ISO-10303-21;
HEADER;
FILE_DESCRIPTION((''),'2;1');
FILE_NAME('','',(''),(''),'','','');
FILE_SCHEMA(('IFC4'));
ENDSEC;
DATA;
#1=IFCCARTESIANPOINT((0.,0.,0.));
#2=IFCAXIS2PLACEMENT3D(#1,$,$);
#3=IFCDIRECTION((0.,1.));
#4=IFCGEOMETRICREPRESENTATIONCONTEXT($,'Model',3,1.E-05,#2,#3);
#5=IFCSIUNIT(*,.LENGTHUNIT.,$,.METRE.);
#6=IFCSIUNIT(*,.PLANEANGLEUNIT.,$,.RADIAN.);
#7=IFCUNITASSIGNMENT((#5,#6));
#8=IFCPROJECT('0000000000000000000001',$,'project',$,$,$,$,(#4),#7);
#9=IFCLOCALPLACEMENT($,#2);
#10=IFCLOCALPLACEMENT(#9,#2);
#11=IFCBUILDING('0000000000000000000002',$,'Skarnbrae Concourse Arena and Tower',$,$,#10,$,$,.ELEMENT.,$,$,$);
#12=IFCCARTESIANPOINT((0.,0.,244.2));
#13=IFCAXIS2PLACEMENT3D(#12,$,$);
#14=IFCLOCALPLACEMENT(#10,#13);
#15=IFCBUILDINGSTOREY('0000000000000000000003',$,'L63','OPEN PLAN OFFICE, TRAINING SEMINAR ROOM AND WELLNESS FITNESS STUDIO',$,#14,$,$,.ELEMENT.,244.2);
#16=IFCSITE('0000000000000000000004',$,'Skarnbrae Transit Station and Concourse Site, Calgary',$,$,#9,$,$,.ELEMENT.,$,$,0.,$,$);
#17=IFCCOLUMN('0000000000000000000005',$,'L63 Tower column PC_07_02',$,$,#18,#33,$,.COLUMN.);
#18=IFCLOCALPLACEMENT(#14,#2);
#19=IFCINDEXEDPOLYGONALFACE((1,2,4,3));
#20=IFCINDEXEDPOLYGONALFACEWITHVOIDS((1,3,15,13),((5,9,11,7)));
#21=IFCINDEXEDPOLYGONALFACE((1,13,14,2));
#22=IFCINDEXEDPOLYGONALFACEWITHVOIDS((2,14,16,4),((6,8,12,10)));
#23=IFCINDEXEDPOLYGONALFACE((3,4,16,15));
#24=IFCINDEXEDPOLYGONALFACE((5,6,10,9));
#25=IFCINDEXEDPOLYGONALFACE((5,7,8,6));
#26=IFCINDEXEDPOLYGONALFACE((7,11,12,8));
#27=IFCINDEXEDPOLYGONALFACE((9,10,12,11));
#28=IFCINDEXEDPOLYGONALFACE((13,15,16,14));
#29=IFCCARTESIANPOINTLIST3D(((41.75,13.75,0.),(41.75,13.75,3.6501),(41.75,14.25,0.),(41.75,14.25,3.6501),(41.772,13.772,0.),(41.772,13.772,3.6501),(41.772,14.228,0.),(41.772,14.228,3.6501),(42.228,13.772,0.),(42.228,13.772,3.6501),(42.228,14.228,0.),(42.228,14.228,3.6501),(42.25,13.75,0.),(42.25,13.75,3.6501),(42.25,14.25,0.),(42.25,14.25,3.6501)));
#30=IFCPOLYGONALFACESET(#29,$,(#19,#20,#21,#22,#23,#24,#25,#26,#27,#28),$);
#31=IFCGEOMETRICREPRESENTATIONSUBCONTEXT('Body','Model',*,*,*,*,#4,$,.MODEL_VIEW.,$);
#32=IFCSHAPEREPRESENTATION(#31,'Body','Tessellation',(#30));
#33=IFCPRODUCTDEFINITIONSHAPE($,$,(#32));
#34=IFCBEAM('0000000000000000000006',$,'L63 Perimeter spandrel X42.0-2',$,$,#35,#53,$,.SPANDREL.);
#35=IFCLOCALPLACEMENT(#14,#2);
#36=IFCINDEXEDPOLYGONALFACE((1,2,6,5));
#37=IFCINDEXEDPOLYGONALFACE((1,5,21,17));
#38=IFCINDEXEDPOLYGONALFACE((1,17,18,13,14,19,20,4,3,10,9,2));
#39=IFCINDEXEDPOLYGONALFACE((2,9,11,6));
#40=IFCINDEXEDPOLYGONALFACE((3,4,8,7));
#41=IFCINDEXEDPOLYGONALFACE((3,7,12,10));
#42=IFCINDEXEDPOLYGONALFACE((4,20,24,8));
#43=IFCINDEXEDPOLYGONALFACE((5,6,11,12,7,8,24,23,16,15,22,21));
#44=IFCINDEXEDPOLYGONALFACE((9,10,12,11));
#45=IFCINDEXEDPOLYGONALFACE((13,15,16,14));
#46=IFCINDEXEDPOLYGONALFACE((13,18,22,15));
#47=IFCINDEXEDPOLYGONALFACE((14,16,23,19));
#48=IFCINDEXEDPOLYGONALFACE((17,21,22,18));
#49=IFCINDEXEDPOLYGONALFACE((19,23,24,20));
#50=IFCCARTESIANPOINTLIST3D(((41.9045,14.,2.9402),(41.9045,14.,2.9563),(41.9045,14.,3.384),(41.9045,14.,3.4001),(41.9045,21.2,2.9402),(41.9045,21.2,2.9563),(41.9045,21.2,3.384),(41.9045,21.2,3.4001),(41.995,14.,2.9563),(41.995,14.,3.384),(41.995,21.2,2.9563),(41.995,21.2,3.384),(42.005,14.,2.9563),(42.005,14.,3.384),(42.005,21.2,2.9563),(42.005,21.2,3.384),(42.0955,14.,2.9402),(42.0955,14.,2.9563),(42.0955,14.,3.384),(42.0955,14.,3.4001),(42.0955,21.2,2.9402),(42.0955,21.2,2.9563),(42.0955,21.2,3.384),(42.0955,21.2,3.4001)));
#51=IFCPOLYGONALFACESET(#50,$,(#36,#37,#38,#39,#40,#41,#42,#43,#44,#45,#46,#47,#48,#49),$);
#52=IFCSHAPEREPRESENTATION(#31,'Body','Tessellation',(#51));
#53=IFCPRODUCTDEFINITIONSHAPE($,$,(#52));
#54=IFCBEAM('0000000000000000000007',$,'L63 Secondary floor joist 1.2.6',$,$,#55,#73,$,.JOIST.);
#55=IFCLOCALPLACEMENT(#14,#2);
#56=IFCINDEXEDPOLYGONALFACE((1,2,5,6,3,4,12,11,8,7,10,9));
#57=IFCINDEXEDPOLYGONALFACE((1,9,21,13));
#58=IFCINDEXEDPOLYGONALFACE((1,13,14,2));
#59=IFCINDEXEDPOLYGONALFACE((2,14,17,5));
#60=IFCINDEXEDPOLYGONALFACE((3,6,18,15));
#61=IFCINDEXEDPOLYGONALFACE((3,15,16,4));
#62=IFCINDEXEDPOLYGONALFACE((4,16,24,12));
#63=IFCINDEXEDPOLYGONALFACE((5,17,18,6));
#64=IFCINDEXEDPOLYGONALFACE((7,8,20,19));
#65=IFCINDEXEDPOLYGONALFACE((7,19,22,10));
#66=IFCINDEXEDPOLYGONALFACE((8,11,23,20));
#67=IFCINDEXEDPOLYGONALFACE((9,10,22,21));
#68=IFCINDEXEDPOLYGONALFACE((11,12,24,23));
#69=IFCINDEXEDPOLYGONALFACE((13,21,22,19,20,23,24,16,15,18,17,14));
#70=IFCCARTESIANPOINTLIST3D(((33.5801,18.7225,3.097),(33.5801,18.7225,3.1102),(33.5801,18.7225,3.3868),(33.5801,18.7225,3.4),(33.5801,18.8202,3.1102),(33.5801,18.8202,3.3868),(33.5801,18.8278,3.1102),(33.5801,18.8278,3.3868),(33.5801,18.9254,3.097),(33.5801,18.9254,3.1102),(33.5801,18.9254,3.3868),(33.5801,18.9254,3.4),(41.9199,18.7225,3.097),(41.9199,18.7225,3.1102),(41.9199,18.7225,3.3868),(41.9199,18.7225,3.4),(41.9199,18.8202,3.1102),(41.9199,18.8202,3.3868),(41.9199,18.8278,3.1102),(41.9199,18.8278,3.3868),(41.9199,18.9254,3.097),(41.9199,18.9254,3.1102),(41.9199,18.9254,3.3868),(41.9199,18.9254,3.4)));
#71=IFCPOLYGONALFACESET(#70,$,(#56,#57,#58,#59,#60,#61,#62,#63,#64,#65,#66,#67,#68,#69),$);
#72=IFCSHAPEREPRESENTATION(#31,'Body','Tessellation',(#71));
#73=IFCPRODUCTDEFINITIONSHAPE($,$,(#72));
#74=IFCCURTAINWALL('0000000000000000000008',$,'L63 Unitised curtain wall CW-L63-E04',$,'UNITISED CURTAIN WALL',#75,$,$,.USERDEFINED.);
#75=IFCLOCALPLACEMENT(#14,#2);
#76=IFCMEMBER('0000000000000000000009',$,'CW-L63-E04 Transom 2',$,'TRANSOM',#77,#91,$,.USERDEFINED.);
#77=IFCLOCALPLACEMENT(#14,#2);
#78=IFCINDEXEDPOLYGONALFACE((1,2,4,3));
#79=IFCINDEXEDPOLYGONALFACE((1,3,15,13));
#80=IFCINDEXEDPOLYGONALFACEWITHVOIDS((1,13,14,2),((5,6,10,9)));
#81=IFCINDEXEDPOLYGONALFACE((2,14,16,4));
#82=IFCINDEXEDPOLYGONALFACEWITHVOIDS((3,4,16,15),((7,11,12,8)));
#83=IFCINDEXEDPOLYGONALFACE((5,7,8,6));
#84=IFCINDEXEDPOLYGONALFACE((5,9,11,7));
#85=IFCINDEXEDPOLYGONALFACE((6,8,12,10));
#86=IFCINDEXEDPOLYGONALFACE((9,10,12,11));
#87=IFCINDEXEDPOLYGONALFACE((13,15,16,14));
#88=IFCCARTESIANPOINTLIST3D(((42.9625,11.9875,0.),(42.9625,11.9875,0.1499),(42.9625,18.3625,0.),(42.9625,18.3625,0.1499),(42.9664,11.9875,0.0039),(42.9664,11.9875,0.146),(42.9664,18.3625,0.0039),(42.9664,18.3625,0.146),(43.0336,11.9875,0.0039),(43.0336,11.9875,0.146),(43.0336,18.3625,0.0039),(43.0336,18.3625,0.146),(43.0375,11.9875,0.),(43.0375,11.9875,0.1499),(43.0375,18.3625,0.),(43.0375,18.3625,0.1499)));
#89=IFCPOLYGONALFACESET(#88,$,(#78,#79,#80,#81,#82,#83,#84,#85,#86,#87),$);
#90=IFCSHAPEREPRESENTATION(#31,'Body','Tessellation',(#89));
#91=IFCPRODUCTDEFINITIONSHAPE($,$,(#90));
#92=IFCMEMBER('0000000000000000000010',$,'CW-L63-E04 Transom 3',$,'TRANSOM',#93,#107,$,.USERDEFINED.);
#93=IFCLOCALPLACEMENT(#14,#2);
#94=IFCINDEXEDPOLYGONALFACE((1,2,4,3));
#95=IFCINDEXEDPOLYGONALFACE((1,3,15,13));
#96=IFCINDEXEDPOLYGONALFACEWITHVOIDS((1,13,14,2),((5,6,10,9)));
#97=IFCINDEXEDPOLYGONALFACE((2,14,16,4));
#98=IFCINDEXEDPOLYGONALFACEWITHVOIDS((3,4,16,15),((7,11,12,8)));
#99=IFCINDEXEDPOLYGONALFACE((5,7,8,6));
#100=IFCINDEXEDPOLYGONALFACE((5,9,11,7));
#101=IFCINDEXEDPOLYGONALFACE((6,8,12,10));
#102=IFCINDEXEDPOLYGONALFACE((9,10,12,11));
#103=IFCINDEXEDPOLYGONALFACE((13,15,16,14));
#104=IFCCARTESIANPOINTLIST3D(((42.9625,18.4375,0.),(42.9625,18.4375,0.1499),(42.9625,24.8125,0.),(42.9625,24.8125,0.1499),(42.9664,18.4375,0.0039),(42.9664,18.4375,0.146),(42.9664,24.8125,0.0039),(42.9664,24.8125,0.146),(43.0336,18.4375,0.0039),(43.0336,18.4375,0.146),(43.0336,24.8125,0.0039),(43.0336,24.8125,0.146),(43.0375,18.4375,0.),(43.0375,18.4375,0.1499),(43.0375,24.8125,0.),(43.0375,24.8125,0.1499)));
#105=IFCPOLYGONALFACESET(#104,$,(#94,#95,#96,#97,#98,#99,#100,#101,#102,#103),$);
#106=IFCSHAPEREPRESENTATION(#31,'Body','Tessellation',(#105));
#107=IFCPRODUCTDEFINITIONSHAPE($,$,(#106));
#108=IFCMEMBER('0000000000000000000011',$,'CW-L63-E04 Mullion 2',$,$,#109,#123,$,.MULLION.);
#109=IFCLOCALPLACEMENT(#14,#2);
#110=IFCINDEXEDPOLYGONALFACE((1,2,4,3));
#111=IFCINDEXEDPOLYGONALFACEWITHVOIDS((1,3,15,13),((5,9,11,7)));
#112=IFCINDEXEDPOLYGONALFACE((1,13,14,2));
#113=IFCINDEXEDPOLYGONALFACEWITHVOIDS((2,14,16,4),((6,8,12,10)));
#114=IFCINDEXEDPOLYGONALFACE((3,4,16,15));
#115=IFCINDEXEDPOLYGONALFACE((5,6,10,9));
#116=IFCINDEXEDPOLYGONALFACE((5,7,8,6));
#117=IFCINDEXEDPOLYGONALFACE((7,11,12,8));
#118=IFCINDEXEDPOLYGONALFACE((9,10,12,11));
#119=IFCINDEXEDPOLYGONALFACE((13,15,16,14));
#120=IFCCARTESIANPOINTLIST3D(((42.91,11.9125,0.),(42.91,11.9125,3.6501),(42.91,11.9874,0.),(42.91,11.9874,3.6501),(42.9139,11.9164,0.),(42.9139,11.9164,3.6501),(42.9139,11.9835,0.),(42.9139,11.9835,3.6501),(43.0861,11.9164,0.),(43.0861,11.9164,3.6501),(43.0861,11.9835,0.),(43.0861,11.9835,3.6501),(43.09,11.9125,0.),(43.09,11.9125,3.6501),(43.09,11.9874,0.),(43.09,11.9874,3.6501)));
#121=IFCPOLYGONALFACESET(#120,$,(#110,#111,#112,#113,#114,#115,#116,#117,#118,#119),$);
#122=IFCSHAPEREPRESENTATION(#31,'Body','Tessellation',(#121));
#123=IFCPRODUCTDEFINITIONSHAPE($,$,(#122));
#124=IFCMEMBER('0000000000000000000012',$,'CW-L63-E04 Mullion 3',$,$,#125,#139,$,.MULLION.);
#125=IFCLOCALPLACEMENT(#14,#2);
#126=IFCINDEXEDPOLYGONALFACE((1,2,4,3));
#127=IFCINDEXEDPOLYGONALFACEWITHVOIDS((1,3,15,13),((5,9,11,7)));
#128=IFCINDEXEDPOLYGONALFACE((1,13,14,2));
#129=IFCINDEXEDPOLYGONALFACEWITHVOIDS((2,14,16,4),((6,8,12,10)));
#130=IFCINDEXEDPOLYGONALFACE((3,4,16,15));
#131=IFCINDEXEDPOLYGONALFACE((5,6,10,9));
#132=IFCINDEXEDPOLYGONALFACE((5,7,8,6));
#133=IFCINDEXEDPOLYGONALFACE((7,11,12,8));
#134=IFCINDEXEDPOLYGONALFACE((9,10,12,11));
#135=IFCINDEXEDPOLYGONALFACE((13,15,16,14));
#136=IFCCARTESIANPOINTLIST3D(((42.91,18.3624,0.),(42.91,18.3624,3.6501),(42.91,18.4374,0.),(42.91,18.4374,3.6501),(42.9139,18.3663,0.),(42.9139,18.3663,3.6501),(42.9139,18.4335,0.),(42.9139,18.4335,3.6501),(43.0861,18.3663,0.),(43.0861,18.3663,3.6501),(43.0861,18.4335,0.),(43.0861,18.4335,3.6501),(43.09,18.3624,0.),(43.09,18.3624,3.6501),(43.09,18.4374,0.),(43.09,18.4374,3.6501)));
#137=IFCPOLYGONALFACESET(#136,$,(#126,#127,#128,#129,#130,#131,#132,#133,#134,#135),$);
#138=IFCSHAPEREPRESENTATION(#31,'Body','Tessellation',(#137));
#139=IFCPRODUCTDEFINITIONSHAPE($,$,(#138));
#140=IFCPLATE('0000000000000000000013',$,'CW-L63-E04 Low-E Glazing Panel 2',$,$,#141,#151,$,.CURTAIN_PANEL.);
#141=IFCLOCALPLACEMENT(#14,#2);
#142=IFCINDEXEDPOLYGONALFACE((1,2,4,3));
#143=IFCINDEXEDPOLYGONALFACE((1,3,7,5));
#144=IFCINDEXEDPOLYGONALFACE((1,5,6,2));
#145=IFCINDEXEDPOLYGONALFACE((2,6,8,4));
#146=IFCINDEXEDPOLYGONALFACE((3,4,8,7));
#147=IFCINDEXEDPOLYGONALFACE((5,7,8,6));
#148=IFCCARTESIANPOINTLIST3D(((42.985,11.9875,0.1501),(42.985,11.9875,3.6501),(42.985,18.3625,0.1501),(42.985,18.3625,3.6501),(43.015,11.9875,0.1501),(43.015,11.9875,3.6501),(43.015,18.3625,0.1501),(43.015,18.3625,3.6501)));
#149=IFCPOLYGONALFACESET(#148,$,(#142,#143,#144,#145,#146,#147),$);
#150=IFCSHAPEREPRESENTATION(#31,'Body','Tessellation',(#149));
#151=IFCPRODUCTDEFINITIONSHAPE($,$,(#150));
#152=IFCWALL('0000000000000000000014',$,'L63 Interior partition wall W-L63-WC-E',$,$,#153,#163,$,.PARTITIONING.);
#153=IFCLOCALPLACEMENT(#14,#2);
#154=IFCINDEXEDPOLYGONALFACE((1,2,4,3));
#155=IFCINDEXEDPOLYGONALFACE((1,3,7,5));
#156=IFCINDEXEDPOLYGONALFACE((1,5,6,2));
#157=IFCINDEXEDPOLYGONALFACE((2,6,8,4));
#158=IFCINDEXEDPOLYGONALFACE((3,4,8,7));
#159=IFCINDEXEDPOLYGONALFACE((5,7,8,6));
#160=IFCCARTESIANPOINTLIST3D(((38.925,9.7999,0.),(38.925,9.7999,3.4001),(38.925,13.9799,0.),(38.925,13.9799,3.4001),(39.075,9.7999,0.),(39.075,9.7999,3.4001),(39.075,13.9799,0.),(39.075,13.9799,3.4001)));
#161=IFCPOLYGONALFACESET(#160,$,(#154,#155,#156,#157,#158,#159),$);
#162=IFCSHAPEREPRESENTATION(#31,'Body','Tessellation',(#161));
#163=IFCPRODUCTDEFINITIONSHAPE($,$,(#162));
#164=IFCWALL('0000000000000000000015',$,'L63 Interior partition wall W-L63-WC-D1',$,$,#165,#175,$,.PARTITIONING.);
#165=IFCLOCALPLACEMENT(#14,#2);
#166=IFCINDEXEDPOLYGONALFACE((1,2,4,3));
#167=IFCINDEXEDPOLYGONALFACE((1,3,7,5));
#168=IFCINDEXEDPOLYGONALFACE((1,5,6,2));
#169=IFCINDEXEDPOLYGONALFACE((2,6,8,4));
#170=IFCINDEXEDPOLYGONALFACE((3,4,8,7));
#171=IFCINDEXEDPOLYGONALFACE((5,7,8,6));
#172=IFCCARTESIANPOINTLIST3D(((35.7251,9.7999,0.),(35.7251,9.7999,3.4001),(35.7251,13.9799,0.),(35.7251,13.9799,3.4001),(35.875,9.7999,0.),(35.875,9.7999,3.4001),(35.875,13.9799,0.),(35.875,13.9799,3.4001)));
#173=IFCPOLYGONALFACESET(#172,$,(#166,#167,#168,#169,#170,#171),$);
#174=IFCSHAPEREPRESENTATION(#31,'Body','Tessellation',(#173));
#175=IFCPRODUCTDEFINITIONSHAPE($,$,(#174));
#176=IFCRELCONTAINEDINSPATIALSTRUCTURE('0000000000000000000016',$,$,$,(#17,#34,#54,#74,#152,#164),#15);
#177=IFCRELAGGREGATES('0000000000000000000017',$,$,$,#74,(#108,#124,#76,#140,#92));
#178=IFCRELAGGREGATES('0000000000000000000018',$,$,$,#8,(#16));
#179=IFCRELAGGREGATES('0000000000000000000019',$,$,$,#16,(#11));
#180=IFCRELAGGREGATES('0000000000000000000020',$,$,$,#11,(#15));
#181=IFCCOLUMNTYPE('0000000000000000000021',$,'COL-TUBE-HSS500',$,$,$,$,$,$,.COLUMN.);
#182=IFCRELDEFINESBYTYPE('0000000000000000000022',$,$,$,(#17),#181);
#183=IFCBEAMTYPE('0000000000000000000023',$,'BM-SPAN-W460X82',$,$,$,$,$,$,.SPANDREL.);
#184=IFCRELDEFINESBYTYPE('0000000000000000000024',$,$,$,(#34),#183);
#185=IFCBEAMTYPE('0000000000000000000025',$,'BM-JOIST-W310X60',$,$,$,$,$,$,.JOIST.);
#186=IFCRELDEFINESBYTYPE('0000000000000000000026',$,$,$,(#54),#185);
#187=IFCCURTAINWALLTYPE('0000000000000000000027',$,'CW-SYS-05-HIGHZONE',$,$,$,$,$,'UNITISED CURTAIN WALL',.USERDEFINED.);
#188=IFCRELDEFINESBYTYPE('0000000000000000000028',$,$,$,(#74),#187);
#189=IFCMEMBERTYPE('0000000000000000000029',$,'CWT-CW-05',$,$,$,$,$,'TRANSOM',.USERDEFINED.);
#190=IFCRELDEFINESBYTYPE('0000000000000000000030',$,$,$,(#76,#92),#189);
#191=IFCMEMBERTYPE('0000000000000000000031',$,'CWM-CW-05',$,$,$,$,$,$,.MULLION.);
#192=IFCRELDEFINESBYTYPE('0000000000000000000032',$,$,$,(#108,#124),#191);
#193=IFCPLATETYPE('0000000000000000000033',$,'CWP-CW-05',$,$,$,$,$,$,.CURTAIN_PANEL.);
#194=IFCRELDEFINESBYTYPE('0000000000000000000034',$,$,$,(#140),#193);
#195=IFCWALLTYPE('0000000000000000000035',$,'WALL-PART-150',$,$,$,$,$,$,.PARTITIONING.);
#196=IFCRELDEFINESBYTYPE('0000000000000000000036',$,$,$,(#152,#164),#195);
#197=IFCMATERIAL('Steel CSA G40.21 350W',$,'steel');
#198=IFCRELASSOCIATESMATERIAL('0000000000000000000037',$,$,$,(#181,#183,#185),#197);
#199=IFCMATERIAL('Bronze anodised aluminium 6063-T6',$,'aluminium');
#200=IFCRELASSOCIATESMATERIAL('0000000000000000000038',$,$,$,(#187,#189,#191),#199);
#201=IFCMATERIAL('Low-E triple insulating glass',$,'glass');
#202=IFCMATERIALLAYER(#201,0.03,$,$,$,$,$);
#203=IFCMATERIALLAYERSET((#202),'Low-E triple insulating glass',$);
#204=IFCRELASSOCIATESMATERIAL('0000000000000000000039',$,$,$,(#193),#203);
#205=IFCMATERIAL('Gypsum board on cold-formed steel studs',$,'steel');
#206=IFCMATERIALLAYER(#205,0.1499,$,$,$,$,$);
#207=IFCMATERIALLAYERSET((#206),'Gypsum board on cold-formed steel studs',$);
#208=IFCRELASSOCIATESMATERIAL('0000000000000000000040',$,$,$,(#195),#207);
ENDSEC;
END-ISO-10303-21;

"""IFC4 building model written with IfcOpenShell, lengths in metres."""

from ifc_helpers import new_model, si_unit, direction, frame, frame_2d, origin, origin_2d, place, context, subcontext, project, spatial, rectangle, hollow_rectangle, i_section, extrude, source, transform, mapped, material, layer, layer_set, material_profile, profile_set, type_object, element, aggregate, save


model = new_model("IFC4")

# Units and contexts
model_context = context("Model", 3, precision=1e-05, world=origin(), true_north=direction((0.0, 1.0)))
body_context = subcontext(model_context, "Body", "Model", "MODEL_VIEW")
ifc_project = project(units=[si_unit("LENGTHUNIT", "METRE"), si_unit("PLANEANGLEUNIT", "RADIAN")], contexts=[model_context])

# Site, building, storey
site_placement = place(None, origin())
site = spatial("IfcSite", under=ifc_project, at=site_placement, Name="Skarnbrae Transit Station and Concourse Site, Calgary", CompositionType="ELEMENT", RefElevation=0.0)
building_placement = place(site_placement, origin())
building = spatial("IfcBuilding", under=site, at=building_placement, Name="Skarnbrae Concourse Arena and Tower", CompositionType="ELEMENT")
storey_placement = place(building_placement, frame((0.0, 0.0, 244.2)))
storey = spatial("IfcBuildingStorey", under=building, at=storey_placement, Name="L63", Description="OPEN PLAN OFFICE, TRAINING SEMINAR ROOM AND WELLNESS FITNESS STUDIO", CompositionType="ELEMENT", Elevation=244.2)

# Column
ifc_material_1 = material(Name="Steel CSA G40.21 350W", Category="steel")
ifc_material_profile_1 = material_profile(ifc_material_1, hollow_rectangle(XDim=0.5, YDim=0.5, WallThickness=0.022, at=origin_2d()), Name="HSS500X500X22.0")
ifc_profile_set_1 = profile_set([ifc_material_profile_1], Name="Steel CSA G40.21 350W")
column_type = type_object("IfcColumnType", Name="COL-TUBE-HSS500", PredefinedType="COLUMN", material=ifc_profile_set_1)
shared_shape_1 = source(origin(), body_context, "Body", "SweptSolid", [
    extrude(hollow_rectangle(XDim=0.5, YDim=0.5, WallThickness=0.022, at=origin_2d()), origin(), (0.0, 0.0, 1.0), 3.6501),
])
column_placement = place(storey_placement, frame((42.0, 14.0, 0.0), z_axis=(0.0, 0.0, 1.0), x_axis=(1.0, 0.0, 0.0)))
element("IfcColumn", 1, at=column_placement, inside=storey, type_object=column_type, Name="L63 Tower column PC_07_02", PredefinedType="COLUMN", context=body_context, shape_type="MappedRepresentation", body=[
    mapped(shared_shape_1, transform((0.0, 0.0, 0.0))),
])

# Beams
ifc_material_profile_2 = material_profile(ifc_material_1, i_section(OverallWidth=0.1909, OverallDepth=0.46, WebThickness=0.01, FlangeThickness=0.0161, at=origin_2d()), Name="W460X82")
ifc_profile_set_2 = profile_set([ifc_material_profile_2], Name="Steel CSA G40.21 350W")
beam_type_1 = type_object("IfcBeamType", Name="BM-SPAN-W460X82", PredefinedType="SPANDREL", material=ifc_profile_set_2)
shared_shape_2 = source(origin(), body_context, "Body", "SweptSolid", [
    extrude(i_section(OverallWidth=0.1909, OverallDepth=0.46, WebThickness=0.01, FlangeThickness=0.0161, at=origin_2d()), origin(), (0.0, 0.0, 1.0), 7.2),
])
beam_1_placement = place(storey_placement, frame((42.0, 14.0, 3.1702), z_axis=(0.0, 1.0, 0.0), x_axis=(-1.0, 0.0, 0.0)))
element("IfcBeam", 2, at=beam_1_placement, inside=storey, type_object=beam_type_1, Name="L63 Perimeter spandrel X42.0-2", PredefinedType="SPANDREL", context=body_context, shape_type="MappedRepresentation", body=[
    mapped(shared_shape_2, transform((0.0, 0.0, 0.0))),
])
ifc_material_profile_3 = material_profile(ifc_material_1, i_section(OverallWidth=0.2029, OverallDepth=0.303, WebThickness=0.0076, FlangeThickness=0.0132, at=origin_2d()), Name="W310X60")
ifc_profile_set_3 = profile_set([ifc_material_profile_3], Name="Steel CSA G40.21 350W")
beam_type_2 = type_object("IfcBeamType", Name="BM-JOIST-W310X60", PredefinedType="JOIST", material=ifc_profile_set_3)
shared_shape_3 = source(origin(), body_context, "Body", "SweptSolid", [
    extrude(i_section(OverallWidth=0.2029, OverallDepth=0.303, WebThickness=0.0076, FlangeThickness=0.0132, at=origin_2d()), origin(), (0.0, 0.0, 1.0), 8.3398),
])
beam_2_placement = place(storey_placement, frame((33.5801, 18.824, 3.2485), z_axis=(1.0, 0.0, 0.0), x_axis=(0.0, 1.0, 0.0)))
element("IfcBeam", 3, at=beam_2_placement, inside=storey, type_object=beam_type_2, Name="L63 Secondary floor joist 1.2.6", PredefinedType="JOIST", context=body_context, shape_type="MappedRepresentation", body=[
    mapped(shared_shape_3, transform((0.0, 0.0, 0.0))),
])

# Curtain wall, members, plate
ifc_material_2 = material(Name="Bronze anodised aluminium 6063-T6", Category="aluminium")
curtain_wall_type = type_object("IfcCurtainWallType", Name="CW-SYS-05-HIGHZONE", ElementType="UNITISED CURTAIN WALL", PredefinedType="USERDEFINED", material=ifc_material_2)
curtain_wall_placement = place(storey_placement, origin())
curtain_wall = element("IfcCurtainWall", 4, at=curtain_wall_placement, inside=storey, type_object=curtain_wall_type, Name="L63 Unitised curtain wall CW-L63-E04", ObjectType="UNITISED CURTAIN WALL", PredefinedType="USERDEFINED")
ifc_material_profile_4 = material_profile(ifc_material_2, hollow_rectangle(XDim=0.075, YDim=0.1499, WallThickness=0.0039, at=origin_2d()), Name="ALU-TRAN-75X150")
ifc_profile_set_4 = profile_set([ifc_material_profile_4], Name="Bronze anodised aluminium 6063-T6")
member_type_1 = type_object("IfcMemberType", Name="CWT-CW-05", ElementType="TRANSOM", PredefinedType="USERDEFINED", material=ifc_profile_set_4)
shared_shape_4 = source(origin(), body_context, "Body", "SweptSolid", [
    extrude(hollow_rectangle(XDim=0.075, YDim=0.1499, WallThickness=0.0039, at=origin_2d()), origin(), (0.0, 0.0, 1.0), 6.375),
])
member_1_placement = place(storey_placement, frame((43.0, 11.9875, 0.075), z_axis=(0.0, 1.0, 0.0), x_axis=(-1.0, 0.0, 0.0)))
member_1 = element("IfcMember", 5, at=member_1_placement, type_object=member_type_1, Name="CW-L63-E04 Transom 2", ObjectType="TRANSOM", PredefinedType="USERDEFINED", context=body_context, shape_type="MappedRepresentation", body=[
    mapped(shared_shape_4, transform((0.0, 0.0, 0.0))),
])
member_2_placement = place(storey_placement, frame((43.0, 18.4375, 0.075), z_axis=(0.0, 1.0, 0.0), x_axis=(-1.0, 0.0, 0.0)))
member_2 = element("IfcMember", 6, at=member_2_placement, type_object=member_type_1, Name="CW-L63-E04 Transom 3", ObjectType="TRANSOM", PredefinedType="USERDEFINED", context=body_context, shape_type="MappedRepresentation", body=[
    mapped(shared_shape_4, transform((0.0, 0.0, 0.0))),
])
ifc_material_profile_5 = material_profile(ifc_material_2, hollow_rectangle(XDim=0.075, YDim=0.1799, WallThickness=0.0039, at=origin_2d()), Name="ALU-MULL-75X180")
ifc_profile_set_5 = profile_set([ifc_material_profile_5], Name="Bronze anodised aluminium 6063-T6")
member_type_2 = type_object("IfcMemberType", Name="CWM-CW-05", PredefinedType="MULLION", material=ifc_profile_set_5)
shared_shape_5 = source(origin(), body_context, "Body", "SweptSolid", [
    extrude(hollow_rectangle(XDim=0.075, YDim=0.1799, WallThickness=0.0039, at=origin_2d()), origin(), (0.0, 0.0, 1.0), 3.6501),
])
member_3_placement = place(storey_placement, frame((43.0, 11.95, 0.0), z_axis=(0.0, 0.0, 1.0), x_axis=(0.0, 1.0, 0.0)))
member_3 = element("IfcMember", 7, at=member_3_placement, type_object=member_type_2, Name="CW-L63-E04 Mullion 2", PredefinedType="MULLION", context=body_context, shape_type="MappedRepresentation", body=[
    mapped(shared_shape_5, transform((0.0, 0.0, 0.0))),
])
member_4_placement = place(storey_placement, frame((43.0, 18.3999, 0.0), z_axis=(0.0, 0.0, 1.0), x_axis=(0.0, 1.0, 0.0)))
member_4 = element("IfcMember", 8, at=member_4_placement, type_object=member_type_2, Name="CW-L63-E04 Mullion 3", PredefinedType="MULLION", context=body_context, shape_type="MappedRepresentation", body=[
    mapped(shared_shape_5, transform((0.0, 0.0, 0.0))),
])
ifc_material_3 = material(Name="Low-E triple insulating glass", Category="glass")
ifc_layer_1 = layer(ifc_material_3, 0.03)
ifc_layer_set_1 = layer_set([ifc_layer_1], Name="Low-E triple insulating glass")
plate_type = type_object("IfcPlateType", Name="CWP-CW-05", PredefinedType="CURTAIN_PANEL", material=ifc_layer_set_1)
shared_shape_6 = source(origin(), body_context, "Body", "SweptSolid", [
    extrude(rectangle(XDim=6.375, YDim=0.03, at=origin_2d()), origin(), (0.0, 0.0, 1.0), 3.5),
])
plate_placement = place(storey_placement, frame((43.0, 15.175, 0.1501), z_axis=(0.0, 0.0, 1.0), x_axis=(0.0, 1.0, 0.0)))
plate = element("IfcPlate", 9, at=plate_placement, type_object=plate_type, Name="CW-L63-E04 Low-E Glazing Panel 2", PredefinedType="CURTAIN_PANEL", context=body_context, shape_type="MappedRepresentation", body=[
    mapped(shared_shape_6, transform((0.0, 0.0, 0.0))),
])
aggregate(curtain_wall, [member_3, member_4, member_1, plate, member_2])

# Walls
ifc_material_4 = material(Name="Gypsum board on cold-formed steel studs", Category="steel")
ifc_layer_2 = layer(ifc_material_4, 0.1499)
ifc_layer_set_2 = layer_set([ifc_layer_2], Name="Gypsum board on cold-formed steel studs")
wall_type_1 = type_object("IfcWallType", Name="WALL-PART-150", PredefinedType="PARTITIONING", material=ifc_layer_set_2)
shared_shape_7 = source(origin(), body_context, "Body", "SweptSolid", [
    extrude(rectangle(XDim=4.1799, YDim=0.1499, at=frame_2d((2.0898, 0.0))), origin(), (0.0, 0.0, 1.0), 3.4001),
])
for number, where, z_axis, x_axis, name in (
    (10, (39.0, 9.8, 0.0), (0.0, 0.0, 1.0), (0.0, 1.0, 0.0), "L63 Interior partition wall W-L63-WC-E"),
    (11, (35.8, 9.8, 0.0), (0.0, 0.0, 1.0), (0.0, 1.0, 0.0), "L63 Interior partition wall W-L63-WC-D1"),
):
    element("IfcWall", number, at=place(storey_placement, frame(where, z_axis=z_axis, x_axis=x_axis)), inside=storey, type_object=wall_type_1, Name=name, PredefinedType="PARTITIONING", context=body_context, shape_type="MappedRepresentation", body=[
        mapped(shared_shape_7, transform((0.0, 0.0, 0.0))),
    ])

save(model, "model.ifc")
